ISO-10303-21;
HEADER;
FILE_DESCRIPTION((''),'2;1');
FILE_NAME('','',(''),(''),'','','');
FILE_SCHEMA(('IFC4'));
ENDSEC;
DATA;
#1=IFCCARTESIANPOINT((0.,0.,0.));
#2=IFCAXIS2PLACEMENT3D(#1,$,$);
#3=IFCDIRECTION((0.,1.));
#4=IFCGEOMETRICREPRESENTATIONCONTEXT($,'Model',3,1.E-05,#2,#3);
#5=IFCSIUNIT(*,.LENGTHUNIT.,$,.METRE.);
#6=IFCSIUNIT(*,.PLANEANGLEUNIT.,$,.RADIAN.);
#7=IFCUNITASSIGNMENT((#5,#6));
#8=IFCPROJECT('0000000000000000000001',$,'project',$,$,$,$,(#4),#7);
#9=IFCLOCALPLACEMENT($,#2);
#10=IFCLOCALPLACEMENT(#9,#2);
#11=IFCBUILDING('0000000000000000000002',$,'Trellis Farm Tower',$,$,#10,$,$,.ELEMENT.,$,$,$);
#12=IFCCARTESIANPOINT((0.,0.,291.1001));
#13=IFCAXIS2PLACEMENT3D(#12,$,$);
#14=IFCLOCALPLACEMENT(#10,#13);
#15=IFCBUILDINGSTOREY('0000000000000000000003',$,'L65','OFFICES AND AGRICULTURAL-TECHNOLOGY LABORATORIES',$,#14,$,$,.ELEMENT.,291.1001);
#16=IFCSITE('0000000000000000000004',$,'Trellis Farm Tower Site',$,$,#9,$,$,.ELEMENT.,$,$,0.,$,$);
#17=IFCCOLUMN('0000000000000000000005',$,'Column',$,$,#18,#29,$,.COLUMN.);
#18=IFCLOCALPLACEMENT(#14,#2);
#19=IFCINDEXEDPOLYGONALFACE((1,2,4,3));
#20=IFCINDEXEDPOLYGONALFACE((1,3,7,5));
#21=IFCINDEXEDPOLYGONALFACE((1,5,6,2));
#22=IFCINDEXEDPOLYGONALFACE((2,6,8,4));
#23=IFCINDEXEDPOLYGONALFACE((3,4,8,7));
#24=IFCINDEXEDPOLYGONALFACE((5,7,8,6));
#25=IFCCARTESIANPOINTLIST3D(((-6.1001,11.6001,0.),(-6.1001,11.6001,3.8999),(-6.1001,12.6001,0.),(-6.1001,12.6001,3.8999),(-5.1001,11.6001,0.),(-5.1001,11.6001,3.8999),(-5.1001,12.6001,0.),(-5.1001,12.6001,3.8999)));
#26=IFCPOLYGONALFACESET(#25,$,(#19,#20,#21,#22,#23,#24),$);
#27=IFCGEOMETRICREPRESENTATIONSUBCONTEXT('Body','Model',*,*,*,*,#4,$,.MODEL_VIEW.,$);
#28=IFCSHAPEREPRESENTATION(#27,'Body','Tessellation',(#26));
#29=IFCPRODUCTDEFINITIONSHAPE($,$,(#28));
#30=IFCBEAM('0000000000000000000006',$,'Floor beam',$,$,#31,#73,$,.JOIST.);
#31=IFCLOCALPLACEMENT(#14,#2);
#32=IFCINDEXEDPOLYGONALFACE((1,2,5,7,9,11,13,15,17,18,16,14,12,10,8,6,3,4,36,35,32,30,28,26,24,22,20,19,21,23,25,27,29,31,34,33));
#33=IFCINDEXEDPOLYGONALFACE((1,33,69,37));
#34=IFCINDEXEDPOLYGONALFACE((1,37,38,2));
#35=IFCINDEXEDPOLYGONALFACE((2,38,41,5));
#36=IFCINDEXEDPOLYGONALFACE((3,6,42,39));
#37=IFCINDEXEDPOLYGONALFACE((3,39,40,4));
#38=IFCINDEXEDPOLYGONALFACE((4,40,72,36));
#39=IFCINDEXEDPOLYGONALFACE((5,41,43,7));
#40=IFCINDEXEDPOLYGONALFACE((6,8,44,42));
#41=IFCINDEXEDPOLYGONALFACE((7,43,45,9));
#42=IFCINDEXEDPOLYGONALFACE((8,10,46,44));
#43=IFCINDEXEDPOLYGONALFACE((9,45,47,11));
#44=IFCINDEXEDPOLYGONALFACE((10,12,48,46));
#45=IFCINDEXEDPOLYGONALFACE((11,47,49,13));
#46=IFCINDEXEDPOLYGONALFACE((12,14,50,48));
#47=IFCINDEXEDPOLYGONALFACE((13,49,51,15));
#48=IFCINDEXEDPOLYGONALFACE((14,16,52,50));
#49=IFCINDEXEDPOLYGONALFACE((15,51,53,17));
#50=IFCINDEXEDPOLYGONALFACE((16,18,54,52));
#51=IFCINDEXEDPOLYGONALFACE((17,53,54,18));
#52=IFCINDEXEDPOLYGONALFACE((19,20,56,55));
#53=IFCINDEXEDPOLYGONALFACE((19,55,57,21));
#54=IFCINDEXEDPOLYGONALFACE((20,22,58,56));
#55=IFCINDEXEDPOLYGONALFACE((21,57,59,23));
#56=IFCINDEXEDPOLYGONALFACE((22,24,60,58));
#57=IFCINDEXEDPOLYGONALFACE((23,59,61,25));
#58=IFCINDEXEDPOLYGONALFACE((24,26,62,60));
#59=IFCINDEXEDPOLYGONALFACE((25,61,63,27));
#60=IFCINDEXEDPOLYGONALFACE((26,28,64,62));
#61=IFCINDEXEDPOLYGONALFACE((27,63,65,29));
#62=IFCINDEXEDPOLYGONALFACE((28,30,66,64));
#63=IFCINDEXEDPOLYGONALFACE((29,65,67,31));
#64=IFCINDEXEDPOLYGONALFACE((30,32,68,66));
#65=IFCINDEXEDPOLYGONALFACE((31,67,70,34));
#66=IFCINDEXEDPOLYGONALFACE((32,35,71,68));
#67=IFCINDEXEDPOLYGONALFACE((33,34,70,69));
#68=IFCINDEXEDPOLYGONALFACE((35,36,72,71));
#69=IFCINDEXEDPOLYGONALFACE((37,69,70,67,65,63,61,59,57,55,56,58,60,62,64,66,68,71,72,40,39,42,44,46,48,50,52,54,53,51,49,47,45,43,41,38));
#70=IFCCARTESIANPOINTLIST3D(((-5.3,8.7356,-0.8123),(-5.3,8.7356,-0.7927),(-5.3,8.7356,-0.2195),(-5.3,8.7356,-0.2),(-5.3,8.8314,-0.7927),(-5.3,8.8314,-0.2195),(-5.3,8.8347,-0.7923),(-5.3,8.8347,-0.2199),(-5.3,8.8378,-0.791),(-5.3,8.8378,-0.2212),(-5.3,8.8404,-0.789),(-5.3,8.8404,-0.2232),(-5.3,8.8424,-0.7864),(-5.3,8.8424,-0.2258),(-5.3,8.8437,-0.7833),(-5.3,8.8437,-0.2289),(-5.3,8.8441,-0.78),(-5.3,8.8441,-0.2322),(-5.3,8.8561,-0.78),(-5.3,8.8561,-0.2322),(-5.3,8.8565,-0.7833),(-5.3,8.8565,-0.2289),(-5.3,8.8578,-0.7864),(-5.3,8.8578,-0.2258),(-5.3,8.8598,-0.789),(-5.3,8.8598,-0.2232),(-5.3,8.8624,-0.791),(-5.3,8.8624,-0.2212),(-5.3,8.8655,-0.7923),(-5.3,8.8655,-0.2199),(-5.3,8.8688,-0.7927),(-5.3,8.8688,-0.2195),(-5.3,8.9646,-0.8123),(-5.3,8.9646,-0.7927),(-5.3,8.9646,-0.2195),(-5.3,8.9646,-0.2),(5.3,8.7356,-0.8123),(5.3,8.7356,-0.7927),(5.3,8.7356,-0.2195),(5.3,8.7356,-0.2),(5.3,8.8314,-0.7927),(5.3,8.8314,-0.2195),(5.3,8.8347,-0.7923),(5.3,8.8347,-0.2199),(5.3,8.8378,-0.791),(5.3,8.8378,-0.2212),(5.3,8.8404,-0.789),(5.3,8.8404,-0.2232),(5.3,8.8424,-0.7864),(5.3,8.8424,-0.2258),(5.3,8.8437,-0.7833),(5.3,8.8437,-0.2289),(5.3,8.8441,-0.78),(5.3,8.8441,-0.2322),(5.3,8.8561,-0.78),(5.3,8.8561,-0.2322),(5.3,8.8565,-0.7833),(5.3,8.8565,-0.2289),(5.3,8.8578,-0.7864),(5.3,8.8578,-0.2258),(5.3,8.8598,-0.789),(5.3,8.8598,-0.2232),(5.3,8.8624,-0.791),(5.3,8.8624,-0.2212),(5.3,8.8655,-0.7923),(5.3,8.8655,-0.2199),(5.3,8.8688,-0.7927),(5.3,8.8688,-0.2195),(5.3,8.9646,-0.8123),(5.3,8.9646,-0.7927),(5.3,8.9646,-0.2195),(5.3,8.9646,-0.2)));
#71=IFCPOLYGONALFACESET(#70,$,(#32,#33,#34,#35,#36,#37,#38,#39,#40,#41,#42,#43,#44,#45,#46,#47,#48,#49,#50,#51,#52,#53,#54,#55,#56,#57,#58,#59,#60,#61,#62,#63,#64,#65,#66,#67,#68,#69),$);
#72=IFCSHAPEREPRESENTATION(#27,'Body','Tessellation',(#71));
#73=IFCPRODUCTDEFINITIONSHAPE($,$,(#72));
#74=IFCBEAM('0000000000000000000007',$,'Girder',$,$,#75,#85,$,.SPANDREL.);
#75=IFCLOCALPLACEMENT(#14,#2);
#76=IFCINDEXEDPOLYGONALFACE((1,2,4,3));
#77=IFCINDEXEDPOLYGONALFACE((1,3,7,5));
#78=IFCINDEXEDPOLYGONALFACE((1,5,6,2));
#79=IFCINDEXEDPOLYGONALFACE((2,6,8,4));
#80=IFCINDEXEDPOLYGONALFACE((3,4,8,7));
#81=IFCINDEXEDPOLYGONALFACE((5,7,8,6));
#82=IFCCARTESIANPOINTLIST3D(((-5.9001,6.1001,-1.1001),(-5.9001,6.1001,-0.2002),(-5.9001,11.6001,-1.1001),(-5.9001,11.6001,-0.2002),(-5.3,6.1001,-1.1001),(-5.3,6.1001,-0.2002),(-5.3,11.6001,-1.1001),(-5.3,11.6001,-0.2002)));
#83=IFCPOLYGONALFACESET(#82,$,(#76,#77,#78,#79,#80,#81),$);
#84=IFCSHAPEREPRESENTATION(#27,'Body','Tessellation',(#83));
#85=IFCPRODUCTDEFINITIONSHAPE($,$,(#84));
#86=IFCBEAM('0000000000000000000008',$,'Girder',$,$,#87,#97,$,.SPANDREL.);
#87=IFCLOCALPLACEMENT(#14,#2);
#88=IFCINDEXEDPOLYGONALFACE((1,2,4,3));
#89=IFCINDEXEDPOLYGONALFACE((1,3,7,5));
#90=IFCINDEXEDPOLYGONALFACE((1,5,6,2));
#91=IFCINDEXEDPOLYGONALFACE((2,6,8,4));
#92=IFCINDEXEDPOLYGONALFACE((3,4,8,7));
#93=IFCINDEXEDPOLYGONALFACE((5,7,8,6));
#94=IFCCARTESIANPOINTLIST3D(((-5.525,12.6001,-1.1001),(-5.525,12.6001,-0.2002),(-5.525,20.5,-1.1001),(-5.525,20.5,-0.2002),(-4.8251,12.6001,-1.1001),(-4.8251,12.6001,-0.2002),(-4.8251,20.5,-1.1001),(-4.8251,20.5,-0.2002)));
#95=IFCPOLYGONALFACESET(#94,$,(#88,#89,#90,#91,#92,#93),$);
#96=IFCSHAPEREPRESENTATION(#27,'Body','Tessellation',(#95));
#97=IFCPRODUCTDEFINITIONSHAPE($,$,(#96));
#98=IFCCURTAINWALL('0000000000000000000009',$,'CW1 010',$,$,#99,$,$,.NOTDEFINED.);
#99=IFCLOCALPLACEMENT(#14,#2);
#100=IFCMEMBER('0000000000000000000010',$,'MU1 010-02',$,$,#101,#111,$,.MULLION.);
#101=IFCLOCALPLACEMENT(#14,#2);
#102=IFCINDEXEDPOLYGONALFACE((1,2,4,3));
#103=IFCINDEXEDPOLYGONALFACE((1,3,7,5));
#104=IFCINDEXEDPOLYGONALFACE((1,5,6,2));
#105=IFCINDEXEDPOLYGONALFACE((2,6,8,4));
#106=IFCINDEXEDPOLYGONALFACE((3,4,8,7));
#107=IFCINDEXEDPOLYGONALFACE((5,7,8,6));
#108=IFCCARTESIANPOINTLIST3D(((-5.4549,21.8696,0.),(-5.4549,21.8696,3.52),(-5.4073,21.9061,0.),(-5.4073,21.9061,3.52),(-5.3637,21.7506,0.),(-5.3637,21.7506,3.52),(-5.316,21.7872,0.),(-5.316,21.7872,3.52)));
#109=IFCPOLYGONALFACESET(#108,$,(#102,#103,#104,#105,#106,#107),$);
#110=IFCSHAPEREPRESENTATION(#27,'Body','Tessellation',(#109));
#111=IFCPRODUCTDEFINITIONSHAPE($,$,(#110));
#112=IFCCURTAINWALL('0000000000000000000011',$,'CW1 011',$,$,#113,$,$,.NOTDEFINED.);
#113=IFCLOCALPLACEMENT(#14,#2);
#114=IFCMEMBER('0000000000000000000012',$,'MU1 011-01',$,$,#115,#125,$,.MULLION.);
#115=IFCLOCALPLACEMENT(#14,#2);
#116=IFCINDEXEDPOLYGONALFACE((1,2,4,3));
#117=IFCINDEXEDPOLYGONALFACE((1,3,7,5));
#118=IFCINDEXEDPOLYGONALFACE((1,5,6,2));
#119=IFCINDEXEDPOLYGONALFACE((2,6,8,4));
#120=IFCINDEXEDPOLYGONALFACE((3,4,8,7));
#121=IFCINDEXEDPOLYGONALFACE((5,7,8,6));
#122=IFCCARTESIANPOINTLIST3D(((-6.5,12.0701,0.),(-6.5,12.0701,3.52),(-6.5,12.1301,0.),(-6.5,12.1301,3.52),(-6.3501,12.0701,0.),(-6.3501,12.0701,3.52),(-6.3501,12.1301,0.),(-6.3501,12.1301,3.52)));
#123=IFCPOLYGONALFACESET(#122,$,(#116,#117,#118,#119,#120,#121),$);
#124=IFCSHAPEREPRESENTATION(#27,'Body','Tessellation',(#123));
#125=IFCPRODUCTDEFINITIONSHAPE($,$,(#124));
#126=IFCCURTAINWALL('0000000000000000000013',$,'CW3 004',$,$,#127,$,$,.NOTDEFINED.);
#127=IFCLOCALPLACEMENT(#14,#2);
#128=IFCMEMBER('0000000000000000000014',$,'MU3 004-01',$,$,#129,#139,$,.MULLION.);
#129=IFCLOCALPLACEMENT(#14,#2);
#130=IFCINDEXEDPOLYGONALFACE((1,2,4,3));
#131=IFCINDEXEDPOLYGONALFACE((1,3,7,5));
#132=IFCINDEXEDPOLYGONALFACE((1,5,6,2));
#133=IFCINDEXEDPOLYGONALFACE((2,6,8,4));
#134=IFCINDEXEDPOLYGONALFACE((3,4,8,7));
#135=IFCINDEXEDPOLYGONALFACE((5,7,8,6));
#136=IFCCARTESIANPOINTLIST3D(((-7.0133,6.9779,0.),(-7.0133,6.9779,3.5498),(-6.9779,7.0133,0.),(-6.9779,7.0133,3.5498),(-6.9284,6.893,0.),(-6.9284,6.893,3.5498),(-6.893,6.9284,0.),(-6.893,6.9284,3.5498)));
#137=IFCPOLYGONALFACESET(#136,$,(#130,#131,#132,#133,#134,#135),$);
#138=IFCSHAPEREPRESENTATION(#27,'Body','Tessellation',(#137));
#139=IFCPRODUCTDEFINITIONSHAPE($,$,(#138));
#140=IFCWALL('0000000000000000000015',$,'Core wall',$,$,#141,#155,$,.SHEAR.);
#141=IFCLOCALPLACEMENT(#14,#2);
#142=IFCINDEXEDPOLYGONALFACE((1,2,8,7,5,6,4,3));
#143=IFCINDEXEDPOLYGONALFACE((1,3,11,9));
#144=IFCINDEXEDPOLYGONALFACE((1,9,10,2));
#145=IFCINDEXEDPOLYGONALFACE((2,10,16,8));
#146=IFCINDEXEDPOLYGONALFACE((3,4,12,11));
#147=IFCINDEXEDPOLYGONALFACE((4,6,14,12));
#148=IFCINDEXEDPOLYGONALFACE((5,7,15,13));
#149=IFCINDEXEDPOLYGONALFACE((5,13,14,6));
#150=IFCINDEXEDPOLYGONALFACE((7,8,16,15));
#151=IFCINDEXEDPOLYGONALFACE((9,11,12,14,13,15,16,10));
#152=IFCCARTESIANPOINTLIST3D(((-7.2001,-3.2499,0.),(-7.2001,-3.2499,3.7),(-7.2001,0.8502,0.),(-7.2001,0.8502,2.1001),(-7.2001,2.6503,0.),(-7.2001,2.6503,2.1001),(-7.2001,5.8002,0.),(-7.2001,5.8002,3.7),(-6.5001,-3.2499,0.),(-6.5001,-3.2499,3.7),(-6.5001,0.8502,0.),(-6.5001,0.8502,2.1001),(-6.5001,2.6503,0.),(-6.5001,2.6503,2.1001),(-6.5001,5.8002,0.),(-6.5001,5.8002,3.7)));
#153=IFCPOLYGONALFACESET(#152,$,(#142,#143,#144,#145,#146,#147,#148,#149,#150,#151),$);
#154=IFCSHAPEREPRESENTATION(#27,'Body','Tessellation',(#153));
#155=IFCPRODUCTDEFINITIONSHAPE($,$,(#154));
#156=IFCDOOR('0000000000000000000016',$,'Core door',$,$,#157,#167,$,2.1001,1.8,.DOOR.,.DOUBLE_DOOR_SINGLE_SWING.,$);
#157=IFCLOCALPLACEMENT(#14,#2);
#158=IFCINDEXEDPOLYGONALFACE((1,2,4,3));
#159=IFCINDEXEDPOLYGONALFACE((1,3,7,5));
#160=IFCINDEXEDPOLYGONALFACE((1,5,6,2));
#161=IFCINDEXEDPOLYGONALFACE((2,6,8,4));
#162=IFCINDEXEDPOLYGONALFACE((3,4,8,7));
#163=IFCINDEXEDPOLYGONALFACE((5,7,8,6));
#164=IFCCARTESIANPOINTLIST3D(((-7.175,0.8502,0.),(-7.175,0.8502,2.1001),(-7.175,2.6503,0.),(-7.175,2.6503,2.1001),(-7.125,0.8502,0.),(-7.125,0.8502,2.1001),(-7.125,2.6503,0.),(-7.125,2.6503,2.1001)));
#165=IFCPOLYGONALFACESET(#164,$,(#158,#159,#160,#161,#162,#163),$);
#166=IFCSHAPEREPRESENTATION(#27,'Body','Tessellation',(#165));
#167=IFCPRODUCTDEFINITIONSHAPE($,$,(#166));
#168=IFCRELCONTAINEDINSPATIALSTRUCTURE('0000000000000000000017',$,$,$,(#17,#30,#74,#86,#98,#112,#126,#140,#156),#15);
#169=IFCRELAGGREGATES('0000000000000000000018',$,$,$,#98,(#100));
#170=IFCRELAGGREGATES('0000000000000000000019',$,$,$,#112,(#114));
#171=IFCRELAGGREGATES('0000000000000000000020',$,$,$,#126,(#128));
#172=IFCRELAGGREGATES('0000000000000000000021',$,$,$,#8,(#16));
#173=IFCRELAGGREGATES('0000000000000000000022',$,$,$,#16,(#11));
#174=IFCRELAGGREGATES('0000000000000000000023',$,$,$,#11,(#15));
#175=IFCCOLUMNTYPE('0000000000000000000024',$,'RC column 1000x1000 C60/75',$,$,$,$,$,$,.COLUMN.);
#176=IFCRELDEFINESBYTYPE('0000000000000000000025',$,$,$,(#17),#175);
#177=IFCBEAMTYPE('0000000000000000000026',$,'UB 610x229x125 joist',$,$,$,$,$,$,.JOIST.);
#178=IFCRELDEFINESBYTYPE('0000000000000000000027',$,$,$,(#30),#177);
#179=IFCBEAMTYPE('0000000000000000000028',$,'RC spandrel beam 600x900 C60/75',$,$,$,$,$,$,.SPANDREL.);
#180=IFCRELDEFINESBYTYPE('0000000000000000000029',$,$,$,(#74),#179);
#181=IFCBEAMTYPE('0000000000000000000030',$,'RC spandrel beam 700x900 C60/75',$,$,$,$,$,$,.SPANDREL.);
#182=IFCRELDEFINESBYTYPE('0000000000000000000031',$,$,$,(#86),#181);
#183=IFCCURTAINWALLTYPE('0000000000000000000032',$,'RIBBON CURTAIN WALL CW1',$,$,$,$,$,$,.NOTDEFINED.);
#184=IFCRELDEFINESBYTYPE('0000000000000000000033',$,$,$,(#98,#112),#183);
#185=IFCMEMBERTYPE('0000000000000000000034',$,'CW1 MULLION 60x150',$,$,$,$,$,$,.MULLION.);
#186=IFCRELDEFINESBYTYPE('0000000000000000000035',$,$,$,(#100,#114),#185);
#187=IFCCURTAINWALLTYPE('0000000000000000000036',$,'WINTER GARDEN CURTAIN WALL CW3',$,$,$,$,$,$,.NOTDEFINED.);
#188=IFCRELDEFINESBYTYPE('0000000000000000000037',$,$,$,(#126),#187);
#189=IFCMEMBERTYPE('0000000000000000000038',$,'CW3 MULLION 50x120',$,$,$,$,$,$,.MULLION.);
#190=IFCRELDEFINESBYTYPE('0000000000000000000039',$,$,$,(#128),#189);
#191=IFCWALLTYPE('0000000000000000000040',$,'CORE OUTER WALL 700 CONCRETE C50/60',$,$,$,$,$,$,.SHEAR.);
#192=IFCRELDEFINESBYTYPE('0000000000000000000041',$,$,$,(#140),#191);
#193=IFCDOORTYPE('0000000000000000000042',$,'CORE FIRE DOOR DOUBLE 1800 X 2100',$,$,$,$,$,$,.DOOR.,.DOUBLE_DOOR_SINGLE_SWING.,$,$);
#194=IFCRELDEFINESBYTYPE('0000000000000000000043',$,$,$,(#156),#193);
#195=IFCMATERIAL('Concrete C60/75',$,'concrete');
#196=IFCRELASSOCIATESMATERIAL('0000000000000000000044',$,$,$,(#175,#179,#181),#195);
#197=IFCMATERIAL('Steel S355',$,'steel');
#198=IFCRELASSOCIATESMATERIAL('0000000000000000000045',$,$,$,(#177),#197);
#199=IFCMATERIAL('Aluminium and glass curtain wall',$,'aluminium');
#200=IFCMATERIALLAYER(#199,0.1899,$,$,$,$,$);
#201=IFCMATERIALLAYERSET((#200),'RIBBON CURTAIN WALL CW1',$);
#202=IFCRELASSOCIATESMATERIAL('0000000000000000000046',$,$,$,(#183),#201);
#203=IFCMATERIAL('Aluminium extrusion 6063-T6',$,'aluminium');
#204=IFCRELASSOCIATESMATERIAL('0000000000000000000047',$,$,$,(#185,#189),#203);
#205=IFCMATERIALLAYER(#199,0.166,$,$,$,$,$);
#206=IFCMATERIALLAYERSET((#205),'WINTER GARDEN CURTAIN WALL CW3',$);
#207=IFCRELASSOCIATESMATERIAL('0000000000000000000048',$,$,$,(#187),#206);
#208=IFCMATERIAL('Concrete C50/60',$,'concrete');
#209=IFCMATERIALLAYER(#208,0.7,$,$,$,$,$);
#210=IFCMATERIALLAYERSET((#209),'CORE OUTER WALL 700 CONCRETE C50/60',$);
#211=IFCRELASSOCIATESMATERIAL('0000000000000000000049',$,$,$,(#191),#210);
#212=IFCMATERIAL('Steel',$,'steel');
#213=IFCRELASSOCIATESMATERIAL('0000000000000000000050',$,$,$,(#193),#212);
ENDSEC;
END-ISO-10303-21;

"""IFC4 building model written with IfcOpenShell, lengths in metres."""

from ifc_helpers import new_model, si_unit, direction, frame, frame_2d, origin, origin_2d, place, context, subcontext, project, spatial, rectangle, i_section, extrude, source, transform, mapped, material, layer, layer_set, material_profile, profile_set, type_object, element, fill, aggregate, save


model = new_model("IFC4")

# Units and contexts
model_context = context("Model", 3, precision=1e-05, world=origin(), true_north=direction((0.0, 1.0)))
body_context = subcontext(model_context, "Body", "Model", "MODEL_VIEW")
ifc_project = project(units=[si_unit("LENGTHUNIT", "METRE"), si_unit("PLANEANGLEUNIT", "RADIAN")], contexts=[model_context])

# Site, building, storey
site_placement = place(None, origin())
site = spatial("IfcSite", under=ifc_project, at=site_placement, Name="Trellis Farm Tower Site", CompositionType="ELEMENT", RefElevation=0.0)
building_placement = place(site_placement, origin())
building = spatial("IfcBuilding", under=site, at=building_placement, Name="Trellis Farm Tower", CompositionType="ELEMENT")
storey_placement = place(building_placement, frame((0.0, 0.0, 291.1001)))
storey = spatial("IfcBuildingStorey", under=building, at=storey_placement, Name="L65", Description="OFFICES AND AGRICULTURAL-TECHNOLOGY LABORATORIES", CompositionType="ELEMENT", Elevation=291.1001)

# Column
ifc_material_1 = material(Name="Concrete C60/75", Category="concrete")
ifc_material_profile_1 = material_profile(ifc_material_1, rectangle(XDim=1.0, YDim=1.0, at=origin_2d()), Name="RC column 1000x1000 C60/75")
ifc_profile_set_1 = profile_set([ifc_material_profile_1], Name="Concrete C60/75")
column_type = type_object("IfcColumnType", Name="RC column 1000x1000 C60/75", PredefinedType="COLUMN", material=ifc_profile_set_1)
shared_shape_1 = source(origin(), body_context, "Body", "SweptSolid", [
    extrude(rectangle(XDim=1.0, YDim=1.0, at=origin_2d()), origin(), (0.0, 0.0, 1.0), 3.8999),
])
column_placement = place(storey_placement, frame((-5.6001, 12.1001, 0.0), z_axis=(0.0, 0.0, 1.0), x_axis=(1.0, 0.0, 0.0)))
element("IfcColumn", 1, at=column_placement, inside=storey, type_object=column_type, Name="Column", PredefinedType="COLUMN", context=body_context, shape_type="MappedRepresentation", body=[
    mapped(shared_shape_1, transform((0.0, 0.0, 0.0))),
])

# Beams
ifc_material_2 = material(Name="Steel S355", Category="steel")
ifc_material_profile_2 = material_profile(ifc_material_2, i_section(OverallWidth=0.229, OverallDepth=0.6123, WebThickness=0.012, FlangeThickness=0.0195, FilletRadius=0.0127, at=origin_2d()), Name="UB 610x229x125")
ifc_profile_set_2 = profile_set([ifc_material_profile_2], Name="Steel S355")
beam_type_1 = type_object("IfcBeamType", Name="UB 610x229x125 joist", PredefinedType="JOIST", material=ifc_profile_set_2)
shared_shape_2 = source(origin(), body_context, "Body", "SweptSolid", [
    extrude(i_section(OverallWidth=0.229, OverallDepth=0.6123, WebThickness=0.012, FlangeThickness=0.0195, FilletRadius=0.0127, at=origin_2d()), origin(), (0.0, 0.0, 1.0), 10.6001),
])
beam_1_placement = place(storey_placement, frame((-5.3, 8.8501, -0.5061), z_axis=(1.0, 0.0, 0.0), x_axis=(0.0, 1.0, 0.0)))
element("IfcBeam", 2, at=beam_1_placement, inside=storey, type_object=beam_type_1, Name="Floor beam", PredefinedType="JOIST", context=body_context, shape_type="MappedRepresentation", body=[
    mapped(shared_shape_2, transform((0.0, 0.0, 0.0))),
])
ifc_material_profile_3 = material_profile(ifc_material_1, rectangle(XDim=0.6001, YDim=0.8999, at=origin_2d()), Name="RC spandrel beam 600x900 C60/75")
ifc_profile_set_3 = profile_set([ifc_material_profile_3], Name="Concrete C60/75")
beam_type_2 = type_object("IfcBeamType", Name="RC spandrel beam 600x900 C60/75", PredefinedType="SPANDREL", material=ifc_profile_set_3)
shared_shape_3 = source(origin(), body_context, "Body", "SweptSolid", [
    extrude(rectangle(XDim=0.6001, YDim=0.8999, at=origin_2d()), origin(), (0.0, 0.0, 1.0), 5.5),
])
beam_2_placement = place(storey_placement, frame((-5.6001, 6.1001, -0.6501), z_axis=(0.0, 1.0, 0.0), x_axis=(-1.0, 0.0, 0.0)))
element("IfcBeam", 3, at=beam_2_placement, inside=storey, type_object=beam_type_2, Name="Girder", PredefinedType="SPANDREL", context=body_context, shape_type="MappedRepresentation", body=[
    mapped(shared_shape_3, transform((0.0, 0.0, 0.0))),
])
ifc_material_profile_4 = material_profile(ifc_material_1, rectangle(XDim=0.7, YDim=0.8999, at=origin_2d()), Name="RC spandrel beam 700x900 C60/75")
ifc_profile_set_4 = profile_set([ifc_material_profile_4], Name="Concrete C60/75")
beam_type_3 = type_object("IfcBeamType", Name="RC spandrel beam 700x900 C60/75", PredefinedType="SPANDREL", material=ifc_profile_set_4)
shared_shape_4 = source(origin(), body_context, "Body", "SweptSolid", [
    extrude(rectangle(XDim=0.7, YDim=0.8999, at=origin_2d()), origin(), (0.0, 0.0, 1.0), 7.8999),
])
beam_3_placement = place(storey_placement, frame((-5.175, 12.6001, -0.6501), z_axis=(0.0, 1.0, 0.0), x_axis=(-1.0, 0.0, 0.0)))
element("IfcBeam", 4, at=beam_3_placement, inside=storey, type_object=beam_type_3, Name="Girder", PredefinedType="SPANDREL", context=body_context, shape_type="MappedRepresentation", body=[
    mapped(shared_shape_4, transform((0.0, 0.0, 0.0))),
])

# Curtain walls, members
ifc_material_3 = material(Name="Aluminium and glass curtain wall", Category="aluminium")
ifc_layer_1 = layer(ifc_material_3, 0.1899)
ifc_layer_set_1 = layer_set([ifc_layer_1], Name="RIBBON CURTAIN WALL CW1")
curtain_wall_type_1 = type_object("IfcCurtainWallType", Name="RIBBON CURTAIN WALL CW1", PredefinedType="NOTDEFINED", material=ifc_layer_set_1)
placement = place(storey_placement, origin())
curtain_wall_1 = element("IfcCurtainWall", 5, at=placement, inside=storey, type_object=curtain_wall_type_1, Name="CW1 010", PredefinedType="NOTDEFINED")
ifc_material_4 = material(Name="Aluminium extrusion 6063-T6", Category="aluminium")
ifc_material_profile_5 = material_profile(ifc_material_4, rectangle(XDim=0.0601, YDim=0.1499, at=origin_2d()), Name="MULLION 60x150")
ifc_profile_set_5 = profile_set([ifc_material_profile_5], Name="Aluminium extrusion 6063-T6")
member_type_1 = type_object("IfcMemberType", Name="CW1 MULLION 60x150", PredefinedType="MULLION", material=ifc_profile_set_5)
shared_shape_5 = source(origin(), body_context, "Body", "SweptSolid", [
    extrude(rectangle(XDim=0.0601, YDim=0.1499, at=origin_2d()), origin(), (0.0, 0.0, 1.0), 3.52),
])
member_1_placement = place(storey_placement, frame((-5.3855, 21.8284, 0.0), z_axis=(0.0, 0.0, 1.0), x_axis=(-0.793353, -0.608761, 0.0)))
member_1 = element("IfcMember", 6, at=member_1_placement, type_object=member_type_1, Name="MU1 010-02", PredefinedType="MULLION", context=body_context, shape_type="MappedRepresentation", body=[
    mapped(shared_shape_5, transform((0.0, 0.0, 0.0))),
])
aggregate(curtain_wall_1, [member_1])
curtain_wall_2 = element("IfcCurtainWall", 7, at=placement, inside=storey, type_object=curtain_wall_type_1, Name="CW1 011", PredefinedType="NOTDEFINED")
member_2_placement = place(storey_placement, frame((-6.425, 12.1001, 0.0), z_axis=(0.0, 0.0, 1.0), x_axis=(0.0, -1.0, 0.0)))
member_2 = element("IfcMember", 8, at=member_2_placement, type_object=member_type_1, Name="MU1 011-01", PredefinedType="MULLION", context=body_context, shape_type="MappedRepresentation", body=[
    mapped(shared_shape_5, transform((0.0, 0.0, 0.0))),
])
aggregate(curtain_wall_2, [member_2])
ifc_layer_2 = layer(ifc_material_3, 0.166)
ifc_layer_set_2 = layer_set([ifc_layer_2], Name="WINTER GARDEN CURTAIN WALL CW3")
curtain_wall_type_2 = type_object("IfcCurtainWallType", Name="WINTER GARDEN CURTAIN WALL CW3", PredefinedType="NOTDEFINED", material=ifc_layer_set_2)
curtain_wall_3 = element("IfcCurtainWall", 9, at=placement, inside=storey, type_object=curtain_wall_type_2, Name="CW3 004", PredefinedType="NOTDEFINED")
ifc_material_profile_6 = material_profile(ifc_material_4, rectangle(XDim=0.05, YDim=0.1201, at=origin_2d()), Name="MULLION 50x120")
ifc_profile_set_6 = profile_set([ifc_material_profile_6], Name="Aluminium extrusion 6063-T6")
member_type_2 = type_object("IfcMemberType", Name="CW3 MULLION 50x120", PredefinedType="MULLION", material=ifc_profile_set_6)
shared_shape_6 = source(origin(), body_context, "Body", "SweptSolid", [
    extrude(rectangle(XDim=0.05, YDim=0.1201, at=origin_2d()), origin(), (0.0, 0.0, 1.0), 3.5498),
])
member_3_placement = place(storey_placement, frame((-6.9531, 6.9531, 0.0), z_axis=(0.0, 0.0, 1.0), x_axis=(-0.707107, -0.707107, 0.0)))
member_3 = element("IfcMember", 10, at=member_3_placement, type_object=member_type_2, Name="MU3 004-01", PredefinedType="MULLION", context=body_context, shape_type="MappedRepresentation", body=[
    mapped(shared_shape_6, transform((0.0, 0.0, 0.0))),
])
aggregate(curtain_wall_3, [member_3])

# Wall, opening, door
ifc_material_5 = material(Name="Concrete C50/60", Category="concrete")
ifc_layer_3 = layer(ifc_material_5, 0.7)
ifc_layer_set_3 = layer_set([ifc_layer_3], Name="CORE OUTER WALL 700 CONCRETE C50/60")
wall_type_1 = type_object("IfcWallType", Name="CORE OUTER WALL 700 CONCRETE C50/60", PredefinedType="SHEAR", material=ifc_layer_set_3)
shared_shape_7 = source(origin(), body_context, "Body", "SweptSolid", [
    extrude(rectangle(XDim=9.05, YDim=0.7, at=frame_2d((4.5249, 0.0))), origin(), (0.0, 0.0, 1.0), 3.7),
])
wall_1_placement = place(storey_placement, frame((-6.8501, 5.8, 0.0), z_axis=(0.0, 0.0, 1.0), x_axis=(0.0, -1.0, 0.0)))
wall_1 = element("IfcWall", 11, at=wall_1_placement, inside=storey, type_object=wall_type_1, Name="Core wall", PredefinedType="SHEAR", context=body_context, shape_type="MappedRepresentation", body=[
    mapped(shared_shape_7, transform((0.0, 0.0, 0.0))),
])
shared_shape_8 = source(origin(), body_context, "Body", "SweptSolid", [
    extrude(rectangle(XDim=1.8, YDim=2.1001, at=frame_2d((0.8999, 1.05))), frame((0.0, 0.3601, 0.0), z_axis=(0.0, -1.0, 0.0), x_axis=(1.0, 0.0, 0.0)), (0.0, 0.0, 1.0), 0.7202),
])
opening_1_placement = place(wall_1_placement, frame((3.1499, 0.0, 0.0)))
opening_1 = element("IfcOpeningElement", 12, at=opening_1_placement, cuts=wall_1, PredefinedType="OPENING", context=body_context, shape_type="MappedRepresentation", body=[
    mapped(shared_shape_8, transform((0.0, 0.0, 0.0))),
])
ifc_material_6 = material(Name="Steel", Category="steel")
door_type_1 = type_object("IfcDoorType", Name="CORE FIRE DOOR DOUBLE 1800 X 2100", OperationType="DOUBLE_DOOR_SINGLE_SWING", PredefinedType="DOOR", material=ifc_material_6)
shared_shape_9 = source(origin(), body_context, "Body", "SweptSolid", [
    extrude(rectangle(XDim=1.8, YDim=2.1001, at=frame_2d((0.8999, 1.05))), frame((0.0, -0.2749, 0.0), z_axis=(0.0, -1.0, 0.0), x_axis=(1.0, 0.0, 0.0)), (0.0, 0.0, 1.0), 0.05),
])
door_1_placement = place(opening_1_placement, origin())
door_1 = element("IfcDoor", 13, at=door_1_placement, inside=storey, type_object=door_type_1, Name="Core door", OperationType="DOUBLE_DOOR_SINGLE_SWING", OverallHeight=2.1001, OverallWidth=1.8, PredefinedType="DOOR", context=body_context, shape_type="MappedRepresentation", body=[
    mapped(shared_shape_9, transform((0.0, 0.0, 0.0))),
])
fill(opening_1, door_1)

save(model, "model.ifc")
